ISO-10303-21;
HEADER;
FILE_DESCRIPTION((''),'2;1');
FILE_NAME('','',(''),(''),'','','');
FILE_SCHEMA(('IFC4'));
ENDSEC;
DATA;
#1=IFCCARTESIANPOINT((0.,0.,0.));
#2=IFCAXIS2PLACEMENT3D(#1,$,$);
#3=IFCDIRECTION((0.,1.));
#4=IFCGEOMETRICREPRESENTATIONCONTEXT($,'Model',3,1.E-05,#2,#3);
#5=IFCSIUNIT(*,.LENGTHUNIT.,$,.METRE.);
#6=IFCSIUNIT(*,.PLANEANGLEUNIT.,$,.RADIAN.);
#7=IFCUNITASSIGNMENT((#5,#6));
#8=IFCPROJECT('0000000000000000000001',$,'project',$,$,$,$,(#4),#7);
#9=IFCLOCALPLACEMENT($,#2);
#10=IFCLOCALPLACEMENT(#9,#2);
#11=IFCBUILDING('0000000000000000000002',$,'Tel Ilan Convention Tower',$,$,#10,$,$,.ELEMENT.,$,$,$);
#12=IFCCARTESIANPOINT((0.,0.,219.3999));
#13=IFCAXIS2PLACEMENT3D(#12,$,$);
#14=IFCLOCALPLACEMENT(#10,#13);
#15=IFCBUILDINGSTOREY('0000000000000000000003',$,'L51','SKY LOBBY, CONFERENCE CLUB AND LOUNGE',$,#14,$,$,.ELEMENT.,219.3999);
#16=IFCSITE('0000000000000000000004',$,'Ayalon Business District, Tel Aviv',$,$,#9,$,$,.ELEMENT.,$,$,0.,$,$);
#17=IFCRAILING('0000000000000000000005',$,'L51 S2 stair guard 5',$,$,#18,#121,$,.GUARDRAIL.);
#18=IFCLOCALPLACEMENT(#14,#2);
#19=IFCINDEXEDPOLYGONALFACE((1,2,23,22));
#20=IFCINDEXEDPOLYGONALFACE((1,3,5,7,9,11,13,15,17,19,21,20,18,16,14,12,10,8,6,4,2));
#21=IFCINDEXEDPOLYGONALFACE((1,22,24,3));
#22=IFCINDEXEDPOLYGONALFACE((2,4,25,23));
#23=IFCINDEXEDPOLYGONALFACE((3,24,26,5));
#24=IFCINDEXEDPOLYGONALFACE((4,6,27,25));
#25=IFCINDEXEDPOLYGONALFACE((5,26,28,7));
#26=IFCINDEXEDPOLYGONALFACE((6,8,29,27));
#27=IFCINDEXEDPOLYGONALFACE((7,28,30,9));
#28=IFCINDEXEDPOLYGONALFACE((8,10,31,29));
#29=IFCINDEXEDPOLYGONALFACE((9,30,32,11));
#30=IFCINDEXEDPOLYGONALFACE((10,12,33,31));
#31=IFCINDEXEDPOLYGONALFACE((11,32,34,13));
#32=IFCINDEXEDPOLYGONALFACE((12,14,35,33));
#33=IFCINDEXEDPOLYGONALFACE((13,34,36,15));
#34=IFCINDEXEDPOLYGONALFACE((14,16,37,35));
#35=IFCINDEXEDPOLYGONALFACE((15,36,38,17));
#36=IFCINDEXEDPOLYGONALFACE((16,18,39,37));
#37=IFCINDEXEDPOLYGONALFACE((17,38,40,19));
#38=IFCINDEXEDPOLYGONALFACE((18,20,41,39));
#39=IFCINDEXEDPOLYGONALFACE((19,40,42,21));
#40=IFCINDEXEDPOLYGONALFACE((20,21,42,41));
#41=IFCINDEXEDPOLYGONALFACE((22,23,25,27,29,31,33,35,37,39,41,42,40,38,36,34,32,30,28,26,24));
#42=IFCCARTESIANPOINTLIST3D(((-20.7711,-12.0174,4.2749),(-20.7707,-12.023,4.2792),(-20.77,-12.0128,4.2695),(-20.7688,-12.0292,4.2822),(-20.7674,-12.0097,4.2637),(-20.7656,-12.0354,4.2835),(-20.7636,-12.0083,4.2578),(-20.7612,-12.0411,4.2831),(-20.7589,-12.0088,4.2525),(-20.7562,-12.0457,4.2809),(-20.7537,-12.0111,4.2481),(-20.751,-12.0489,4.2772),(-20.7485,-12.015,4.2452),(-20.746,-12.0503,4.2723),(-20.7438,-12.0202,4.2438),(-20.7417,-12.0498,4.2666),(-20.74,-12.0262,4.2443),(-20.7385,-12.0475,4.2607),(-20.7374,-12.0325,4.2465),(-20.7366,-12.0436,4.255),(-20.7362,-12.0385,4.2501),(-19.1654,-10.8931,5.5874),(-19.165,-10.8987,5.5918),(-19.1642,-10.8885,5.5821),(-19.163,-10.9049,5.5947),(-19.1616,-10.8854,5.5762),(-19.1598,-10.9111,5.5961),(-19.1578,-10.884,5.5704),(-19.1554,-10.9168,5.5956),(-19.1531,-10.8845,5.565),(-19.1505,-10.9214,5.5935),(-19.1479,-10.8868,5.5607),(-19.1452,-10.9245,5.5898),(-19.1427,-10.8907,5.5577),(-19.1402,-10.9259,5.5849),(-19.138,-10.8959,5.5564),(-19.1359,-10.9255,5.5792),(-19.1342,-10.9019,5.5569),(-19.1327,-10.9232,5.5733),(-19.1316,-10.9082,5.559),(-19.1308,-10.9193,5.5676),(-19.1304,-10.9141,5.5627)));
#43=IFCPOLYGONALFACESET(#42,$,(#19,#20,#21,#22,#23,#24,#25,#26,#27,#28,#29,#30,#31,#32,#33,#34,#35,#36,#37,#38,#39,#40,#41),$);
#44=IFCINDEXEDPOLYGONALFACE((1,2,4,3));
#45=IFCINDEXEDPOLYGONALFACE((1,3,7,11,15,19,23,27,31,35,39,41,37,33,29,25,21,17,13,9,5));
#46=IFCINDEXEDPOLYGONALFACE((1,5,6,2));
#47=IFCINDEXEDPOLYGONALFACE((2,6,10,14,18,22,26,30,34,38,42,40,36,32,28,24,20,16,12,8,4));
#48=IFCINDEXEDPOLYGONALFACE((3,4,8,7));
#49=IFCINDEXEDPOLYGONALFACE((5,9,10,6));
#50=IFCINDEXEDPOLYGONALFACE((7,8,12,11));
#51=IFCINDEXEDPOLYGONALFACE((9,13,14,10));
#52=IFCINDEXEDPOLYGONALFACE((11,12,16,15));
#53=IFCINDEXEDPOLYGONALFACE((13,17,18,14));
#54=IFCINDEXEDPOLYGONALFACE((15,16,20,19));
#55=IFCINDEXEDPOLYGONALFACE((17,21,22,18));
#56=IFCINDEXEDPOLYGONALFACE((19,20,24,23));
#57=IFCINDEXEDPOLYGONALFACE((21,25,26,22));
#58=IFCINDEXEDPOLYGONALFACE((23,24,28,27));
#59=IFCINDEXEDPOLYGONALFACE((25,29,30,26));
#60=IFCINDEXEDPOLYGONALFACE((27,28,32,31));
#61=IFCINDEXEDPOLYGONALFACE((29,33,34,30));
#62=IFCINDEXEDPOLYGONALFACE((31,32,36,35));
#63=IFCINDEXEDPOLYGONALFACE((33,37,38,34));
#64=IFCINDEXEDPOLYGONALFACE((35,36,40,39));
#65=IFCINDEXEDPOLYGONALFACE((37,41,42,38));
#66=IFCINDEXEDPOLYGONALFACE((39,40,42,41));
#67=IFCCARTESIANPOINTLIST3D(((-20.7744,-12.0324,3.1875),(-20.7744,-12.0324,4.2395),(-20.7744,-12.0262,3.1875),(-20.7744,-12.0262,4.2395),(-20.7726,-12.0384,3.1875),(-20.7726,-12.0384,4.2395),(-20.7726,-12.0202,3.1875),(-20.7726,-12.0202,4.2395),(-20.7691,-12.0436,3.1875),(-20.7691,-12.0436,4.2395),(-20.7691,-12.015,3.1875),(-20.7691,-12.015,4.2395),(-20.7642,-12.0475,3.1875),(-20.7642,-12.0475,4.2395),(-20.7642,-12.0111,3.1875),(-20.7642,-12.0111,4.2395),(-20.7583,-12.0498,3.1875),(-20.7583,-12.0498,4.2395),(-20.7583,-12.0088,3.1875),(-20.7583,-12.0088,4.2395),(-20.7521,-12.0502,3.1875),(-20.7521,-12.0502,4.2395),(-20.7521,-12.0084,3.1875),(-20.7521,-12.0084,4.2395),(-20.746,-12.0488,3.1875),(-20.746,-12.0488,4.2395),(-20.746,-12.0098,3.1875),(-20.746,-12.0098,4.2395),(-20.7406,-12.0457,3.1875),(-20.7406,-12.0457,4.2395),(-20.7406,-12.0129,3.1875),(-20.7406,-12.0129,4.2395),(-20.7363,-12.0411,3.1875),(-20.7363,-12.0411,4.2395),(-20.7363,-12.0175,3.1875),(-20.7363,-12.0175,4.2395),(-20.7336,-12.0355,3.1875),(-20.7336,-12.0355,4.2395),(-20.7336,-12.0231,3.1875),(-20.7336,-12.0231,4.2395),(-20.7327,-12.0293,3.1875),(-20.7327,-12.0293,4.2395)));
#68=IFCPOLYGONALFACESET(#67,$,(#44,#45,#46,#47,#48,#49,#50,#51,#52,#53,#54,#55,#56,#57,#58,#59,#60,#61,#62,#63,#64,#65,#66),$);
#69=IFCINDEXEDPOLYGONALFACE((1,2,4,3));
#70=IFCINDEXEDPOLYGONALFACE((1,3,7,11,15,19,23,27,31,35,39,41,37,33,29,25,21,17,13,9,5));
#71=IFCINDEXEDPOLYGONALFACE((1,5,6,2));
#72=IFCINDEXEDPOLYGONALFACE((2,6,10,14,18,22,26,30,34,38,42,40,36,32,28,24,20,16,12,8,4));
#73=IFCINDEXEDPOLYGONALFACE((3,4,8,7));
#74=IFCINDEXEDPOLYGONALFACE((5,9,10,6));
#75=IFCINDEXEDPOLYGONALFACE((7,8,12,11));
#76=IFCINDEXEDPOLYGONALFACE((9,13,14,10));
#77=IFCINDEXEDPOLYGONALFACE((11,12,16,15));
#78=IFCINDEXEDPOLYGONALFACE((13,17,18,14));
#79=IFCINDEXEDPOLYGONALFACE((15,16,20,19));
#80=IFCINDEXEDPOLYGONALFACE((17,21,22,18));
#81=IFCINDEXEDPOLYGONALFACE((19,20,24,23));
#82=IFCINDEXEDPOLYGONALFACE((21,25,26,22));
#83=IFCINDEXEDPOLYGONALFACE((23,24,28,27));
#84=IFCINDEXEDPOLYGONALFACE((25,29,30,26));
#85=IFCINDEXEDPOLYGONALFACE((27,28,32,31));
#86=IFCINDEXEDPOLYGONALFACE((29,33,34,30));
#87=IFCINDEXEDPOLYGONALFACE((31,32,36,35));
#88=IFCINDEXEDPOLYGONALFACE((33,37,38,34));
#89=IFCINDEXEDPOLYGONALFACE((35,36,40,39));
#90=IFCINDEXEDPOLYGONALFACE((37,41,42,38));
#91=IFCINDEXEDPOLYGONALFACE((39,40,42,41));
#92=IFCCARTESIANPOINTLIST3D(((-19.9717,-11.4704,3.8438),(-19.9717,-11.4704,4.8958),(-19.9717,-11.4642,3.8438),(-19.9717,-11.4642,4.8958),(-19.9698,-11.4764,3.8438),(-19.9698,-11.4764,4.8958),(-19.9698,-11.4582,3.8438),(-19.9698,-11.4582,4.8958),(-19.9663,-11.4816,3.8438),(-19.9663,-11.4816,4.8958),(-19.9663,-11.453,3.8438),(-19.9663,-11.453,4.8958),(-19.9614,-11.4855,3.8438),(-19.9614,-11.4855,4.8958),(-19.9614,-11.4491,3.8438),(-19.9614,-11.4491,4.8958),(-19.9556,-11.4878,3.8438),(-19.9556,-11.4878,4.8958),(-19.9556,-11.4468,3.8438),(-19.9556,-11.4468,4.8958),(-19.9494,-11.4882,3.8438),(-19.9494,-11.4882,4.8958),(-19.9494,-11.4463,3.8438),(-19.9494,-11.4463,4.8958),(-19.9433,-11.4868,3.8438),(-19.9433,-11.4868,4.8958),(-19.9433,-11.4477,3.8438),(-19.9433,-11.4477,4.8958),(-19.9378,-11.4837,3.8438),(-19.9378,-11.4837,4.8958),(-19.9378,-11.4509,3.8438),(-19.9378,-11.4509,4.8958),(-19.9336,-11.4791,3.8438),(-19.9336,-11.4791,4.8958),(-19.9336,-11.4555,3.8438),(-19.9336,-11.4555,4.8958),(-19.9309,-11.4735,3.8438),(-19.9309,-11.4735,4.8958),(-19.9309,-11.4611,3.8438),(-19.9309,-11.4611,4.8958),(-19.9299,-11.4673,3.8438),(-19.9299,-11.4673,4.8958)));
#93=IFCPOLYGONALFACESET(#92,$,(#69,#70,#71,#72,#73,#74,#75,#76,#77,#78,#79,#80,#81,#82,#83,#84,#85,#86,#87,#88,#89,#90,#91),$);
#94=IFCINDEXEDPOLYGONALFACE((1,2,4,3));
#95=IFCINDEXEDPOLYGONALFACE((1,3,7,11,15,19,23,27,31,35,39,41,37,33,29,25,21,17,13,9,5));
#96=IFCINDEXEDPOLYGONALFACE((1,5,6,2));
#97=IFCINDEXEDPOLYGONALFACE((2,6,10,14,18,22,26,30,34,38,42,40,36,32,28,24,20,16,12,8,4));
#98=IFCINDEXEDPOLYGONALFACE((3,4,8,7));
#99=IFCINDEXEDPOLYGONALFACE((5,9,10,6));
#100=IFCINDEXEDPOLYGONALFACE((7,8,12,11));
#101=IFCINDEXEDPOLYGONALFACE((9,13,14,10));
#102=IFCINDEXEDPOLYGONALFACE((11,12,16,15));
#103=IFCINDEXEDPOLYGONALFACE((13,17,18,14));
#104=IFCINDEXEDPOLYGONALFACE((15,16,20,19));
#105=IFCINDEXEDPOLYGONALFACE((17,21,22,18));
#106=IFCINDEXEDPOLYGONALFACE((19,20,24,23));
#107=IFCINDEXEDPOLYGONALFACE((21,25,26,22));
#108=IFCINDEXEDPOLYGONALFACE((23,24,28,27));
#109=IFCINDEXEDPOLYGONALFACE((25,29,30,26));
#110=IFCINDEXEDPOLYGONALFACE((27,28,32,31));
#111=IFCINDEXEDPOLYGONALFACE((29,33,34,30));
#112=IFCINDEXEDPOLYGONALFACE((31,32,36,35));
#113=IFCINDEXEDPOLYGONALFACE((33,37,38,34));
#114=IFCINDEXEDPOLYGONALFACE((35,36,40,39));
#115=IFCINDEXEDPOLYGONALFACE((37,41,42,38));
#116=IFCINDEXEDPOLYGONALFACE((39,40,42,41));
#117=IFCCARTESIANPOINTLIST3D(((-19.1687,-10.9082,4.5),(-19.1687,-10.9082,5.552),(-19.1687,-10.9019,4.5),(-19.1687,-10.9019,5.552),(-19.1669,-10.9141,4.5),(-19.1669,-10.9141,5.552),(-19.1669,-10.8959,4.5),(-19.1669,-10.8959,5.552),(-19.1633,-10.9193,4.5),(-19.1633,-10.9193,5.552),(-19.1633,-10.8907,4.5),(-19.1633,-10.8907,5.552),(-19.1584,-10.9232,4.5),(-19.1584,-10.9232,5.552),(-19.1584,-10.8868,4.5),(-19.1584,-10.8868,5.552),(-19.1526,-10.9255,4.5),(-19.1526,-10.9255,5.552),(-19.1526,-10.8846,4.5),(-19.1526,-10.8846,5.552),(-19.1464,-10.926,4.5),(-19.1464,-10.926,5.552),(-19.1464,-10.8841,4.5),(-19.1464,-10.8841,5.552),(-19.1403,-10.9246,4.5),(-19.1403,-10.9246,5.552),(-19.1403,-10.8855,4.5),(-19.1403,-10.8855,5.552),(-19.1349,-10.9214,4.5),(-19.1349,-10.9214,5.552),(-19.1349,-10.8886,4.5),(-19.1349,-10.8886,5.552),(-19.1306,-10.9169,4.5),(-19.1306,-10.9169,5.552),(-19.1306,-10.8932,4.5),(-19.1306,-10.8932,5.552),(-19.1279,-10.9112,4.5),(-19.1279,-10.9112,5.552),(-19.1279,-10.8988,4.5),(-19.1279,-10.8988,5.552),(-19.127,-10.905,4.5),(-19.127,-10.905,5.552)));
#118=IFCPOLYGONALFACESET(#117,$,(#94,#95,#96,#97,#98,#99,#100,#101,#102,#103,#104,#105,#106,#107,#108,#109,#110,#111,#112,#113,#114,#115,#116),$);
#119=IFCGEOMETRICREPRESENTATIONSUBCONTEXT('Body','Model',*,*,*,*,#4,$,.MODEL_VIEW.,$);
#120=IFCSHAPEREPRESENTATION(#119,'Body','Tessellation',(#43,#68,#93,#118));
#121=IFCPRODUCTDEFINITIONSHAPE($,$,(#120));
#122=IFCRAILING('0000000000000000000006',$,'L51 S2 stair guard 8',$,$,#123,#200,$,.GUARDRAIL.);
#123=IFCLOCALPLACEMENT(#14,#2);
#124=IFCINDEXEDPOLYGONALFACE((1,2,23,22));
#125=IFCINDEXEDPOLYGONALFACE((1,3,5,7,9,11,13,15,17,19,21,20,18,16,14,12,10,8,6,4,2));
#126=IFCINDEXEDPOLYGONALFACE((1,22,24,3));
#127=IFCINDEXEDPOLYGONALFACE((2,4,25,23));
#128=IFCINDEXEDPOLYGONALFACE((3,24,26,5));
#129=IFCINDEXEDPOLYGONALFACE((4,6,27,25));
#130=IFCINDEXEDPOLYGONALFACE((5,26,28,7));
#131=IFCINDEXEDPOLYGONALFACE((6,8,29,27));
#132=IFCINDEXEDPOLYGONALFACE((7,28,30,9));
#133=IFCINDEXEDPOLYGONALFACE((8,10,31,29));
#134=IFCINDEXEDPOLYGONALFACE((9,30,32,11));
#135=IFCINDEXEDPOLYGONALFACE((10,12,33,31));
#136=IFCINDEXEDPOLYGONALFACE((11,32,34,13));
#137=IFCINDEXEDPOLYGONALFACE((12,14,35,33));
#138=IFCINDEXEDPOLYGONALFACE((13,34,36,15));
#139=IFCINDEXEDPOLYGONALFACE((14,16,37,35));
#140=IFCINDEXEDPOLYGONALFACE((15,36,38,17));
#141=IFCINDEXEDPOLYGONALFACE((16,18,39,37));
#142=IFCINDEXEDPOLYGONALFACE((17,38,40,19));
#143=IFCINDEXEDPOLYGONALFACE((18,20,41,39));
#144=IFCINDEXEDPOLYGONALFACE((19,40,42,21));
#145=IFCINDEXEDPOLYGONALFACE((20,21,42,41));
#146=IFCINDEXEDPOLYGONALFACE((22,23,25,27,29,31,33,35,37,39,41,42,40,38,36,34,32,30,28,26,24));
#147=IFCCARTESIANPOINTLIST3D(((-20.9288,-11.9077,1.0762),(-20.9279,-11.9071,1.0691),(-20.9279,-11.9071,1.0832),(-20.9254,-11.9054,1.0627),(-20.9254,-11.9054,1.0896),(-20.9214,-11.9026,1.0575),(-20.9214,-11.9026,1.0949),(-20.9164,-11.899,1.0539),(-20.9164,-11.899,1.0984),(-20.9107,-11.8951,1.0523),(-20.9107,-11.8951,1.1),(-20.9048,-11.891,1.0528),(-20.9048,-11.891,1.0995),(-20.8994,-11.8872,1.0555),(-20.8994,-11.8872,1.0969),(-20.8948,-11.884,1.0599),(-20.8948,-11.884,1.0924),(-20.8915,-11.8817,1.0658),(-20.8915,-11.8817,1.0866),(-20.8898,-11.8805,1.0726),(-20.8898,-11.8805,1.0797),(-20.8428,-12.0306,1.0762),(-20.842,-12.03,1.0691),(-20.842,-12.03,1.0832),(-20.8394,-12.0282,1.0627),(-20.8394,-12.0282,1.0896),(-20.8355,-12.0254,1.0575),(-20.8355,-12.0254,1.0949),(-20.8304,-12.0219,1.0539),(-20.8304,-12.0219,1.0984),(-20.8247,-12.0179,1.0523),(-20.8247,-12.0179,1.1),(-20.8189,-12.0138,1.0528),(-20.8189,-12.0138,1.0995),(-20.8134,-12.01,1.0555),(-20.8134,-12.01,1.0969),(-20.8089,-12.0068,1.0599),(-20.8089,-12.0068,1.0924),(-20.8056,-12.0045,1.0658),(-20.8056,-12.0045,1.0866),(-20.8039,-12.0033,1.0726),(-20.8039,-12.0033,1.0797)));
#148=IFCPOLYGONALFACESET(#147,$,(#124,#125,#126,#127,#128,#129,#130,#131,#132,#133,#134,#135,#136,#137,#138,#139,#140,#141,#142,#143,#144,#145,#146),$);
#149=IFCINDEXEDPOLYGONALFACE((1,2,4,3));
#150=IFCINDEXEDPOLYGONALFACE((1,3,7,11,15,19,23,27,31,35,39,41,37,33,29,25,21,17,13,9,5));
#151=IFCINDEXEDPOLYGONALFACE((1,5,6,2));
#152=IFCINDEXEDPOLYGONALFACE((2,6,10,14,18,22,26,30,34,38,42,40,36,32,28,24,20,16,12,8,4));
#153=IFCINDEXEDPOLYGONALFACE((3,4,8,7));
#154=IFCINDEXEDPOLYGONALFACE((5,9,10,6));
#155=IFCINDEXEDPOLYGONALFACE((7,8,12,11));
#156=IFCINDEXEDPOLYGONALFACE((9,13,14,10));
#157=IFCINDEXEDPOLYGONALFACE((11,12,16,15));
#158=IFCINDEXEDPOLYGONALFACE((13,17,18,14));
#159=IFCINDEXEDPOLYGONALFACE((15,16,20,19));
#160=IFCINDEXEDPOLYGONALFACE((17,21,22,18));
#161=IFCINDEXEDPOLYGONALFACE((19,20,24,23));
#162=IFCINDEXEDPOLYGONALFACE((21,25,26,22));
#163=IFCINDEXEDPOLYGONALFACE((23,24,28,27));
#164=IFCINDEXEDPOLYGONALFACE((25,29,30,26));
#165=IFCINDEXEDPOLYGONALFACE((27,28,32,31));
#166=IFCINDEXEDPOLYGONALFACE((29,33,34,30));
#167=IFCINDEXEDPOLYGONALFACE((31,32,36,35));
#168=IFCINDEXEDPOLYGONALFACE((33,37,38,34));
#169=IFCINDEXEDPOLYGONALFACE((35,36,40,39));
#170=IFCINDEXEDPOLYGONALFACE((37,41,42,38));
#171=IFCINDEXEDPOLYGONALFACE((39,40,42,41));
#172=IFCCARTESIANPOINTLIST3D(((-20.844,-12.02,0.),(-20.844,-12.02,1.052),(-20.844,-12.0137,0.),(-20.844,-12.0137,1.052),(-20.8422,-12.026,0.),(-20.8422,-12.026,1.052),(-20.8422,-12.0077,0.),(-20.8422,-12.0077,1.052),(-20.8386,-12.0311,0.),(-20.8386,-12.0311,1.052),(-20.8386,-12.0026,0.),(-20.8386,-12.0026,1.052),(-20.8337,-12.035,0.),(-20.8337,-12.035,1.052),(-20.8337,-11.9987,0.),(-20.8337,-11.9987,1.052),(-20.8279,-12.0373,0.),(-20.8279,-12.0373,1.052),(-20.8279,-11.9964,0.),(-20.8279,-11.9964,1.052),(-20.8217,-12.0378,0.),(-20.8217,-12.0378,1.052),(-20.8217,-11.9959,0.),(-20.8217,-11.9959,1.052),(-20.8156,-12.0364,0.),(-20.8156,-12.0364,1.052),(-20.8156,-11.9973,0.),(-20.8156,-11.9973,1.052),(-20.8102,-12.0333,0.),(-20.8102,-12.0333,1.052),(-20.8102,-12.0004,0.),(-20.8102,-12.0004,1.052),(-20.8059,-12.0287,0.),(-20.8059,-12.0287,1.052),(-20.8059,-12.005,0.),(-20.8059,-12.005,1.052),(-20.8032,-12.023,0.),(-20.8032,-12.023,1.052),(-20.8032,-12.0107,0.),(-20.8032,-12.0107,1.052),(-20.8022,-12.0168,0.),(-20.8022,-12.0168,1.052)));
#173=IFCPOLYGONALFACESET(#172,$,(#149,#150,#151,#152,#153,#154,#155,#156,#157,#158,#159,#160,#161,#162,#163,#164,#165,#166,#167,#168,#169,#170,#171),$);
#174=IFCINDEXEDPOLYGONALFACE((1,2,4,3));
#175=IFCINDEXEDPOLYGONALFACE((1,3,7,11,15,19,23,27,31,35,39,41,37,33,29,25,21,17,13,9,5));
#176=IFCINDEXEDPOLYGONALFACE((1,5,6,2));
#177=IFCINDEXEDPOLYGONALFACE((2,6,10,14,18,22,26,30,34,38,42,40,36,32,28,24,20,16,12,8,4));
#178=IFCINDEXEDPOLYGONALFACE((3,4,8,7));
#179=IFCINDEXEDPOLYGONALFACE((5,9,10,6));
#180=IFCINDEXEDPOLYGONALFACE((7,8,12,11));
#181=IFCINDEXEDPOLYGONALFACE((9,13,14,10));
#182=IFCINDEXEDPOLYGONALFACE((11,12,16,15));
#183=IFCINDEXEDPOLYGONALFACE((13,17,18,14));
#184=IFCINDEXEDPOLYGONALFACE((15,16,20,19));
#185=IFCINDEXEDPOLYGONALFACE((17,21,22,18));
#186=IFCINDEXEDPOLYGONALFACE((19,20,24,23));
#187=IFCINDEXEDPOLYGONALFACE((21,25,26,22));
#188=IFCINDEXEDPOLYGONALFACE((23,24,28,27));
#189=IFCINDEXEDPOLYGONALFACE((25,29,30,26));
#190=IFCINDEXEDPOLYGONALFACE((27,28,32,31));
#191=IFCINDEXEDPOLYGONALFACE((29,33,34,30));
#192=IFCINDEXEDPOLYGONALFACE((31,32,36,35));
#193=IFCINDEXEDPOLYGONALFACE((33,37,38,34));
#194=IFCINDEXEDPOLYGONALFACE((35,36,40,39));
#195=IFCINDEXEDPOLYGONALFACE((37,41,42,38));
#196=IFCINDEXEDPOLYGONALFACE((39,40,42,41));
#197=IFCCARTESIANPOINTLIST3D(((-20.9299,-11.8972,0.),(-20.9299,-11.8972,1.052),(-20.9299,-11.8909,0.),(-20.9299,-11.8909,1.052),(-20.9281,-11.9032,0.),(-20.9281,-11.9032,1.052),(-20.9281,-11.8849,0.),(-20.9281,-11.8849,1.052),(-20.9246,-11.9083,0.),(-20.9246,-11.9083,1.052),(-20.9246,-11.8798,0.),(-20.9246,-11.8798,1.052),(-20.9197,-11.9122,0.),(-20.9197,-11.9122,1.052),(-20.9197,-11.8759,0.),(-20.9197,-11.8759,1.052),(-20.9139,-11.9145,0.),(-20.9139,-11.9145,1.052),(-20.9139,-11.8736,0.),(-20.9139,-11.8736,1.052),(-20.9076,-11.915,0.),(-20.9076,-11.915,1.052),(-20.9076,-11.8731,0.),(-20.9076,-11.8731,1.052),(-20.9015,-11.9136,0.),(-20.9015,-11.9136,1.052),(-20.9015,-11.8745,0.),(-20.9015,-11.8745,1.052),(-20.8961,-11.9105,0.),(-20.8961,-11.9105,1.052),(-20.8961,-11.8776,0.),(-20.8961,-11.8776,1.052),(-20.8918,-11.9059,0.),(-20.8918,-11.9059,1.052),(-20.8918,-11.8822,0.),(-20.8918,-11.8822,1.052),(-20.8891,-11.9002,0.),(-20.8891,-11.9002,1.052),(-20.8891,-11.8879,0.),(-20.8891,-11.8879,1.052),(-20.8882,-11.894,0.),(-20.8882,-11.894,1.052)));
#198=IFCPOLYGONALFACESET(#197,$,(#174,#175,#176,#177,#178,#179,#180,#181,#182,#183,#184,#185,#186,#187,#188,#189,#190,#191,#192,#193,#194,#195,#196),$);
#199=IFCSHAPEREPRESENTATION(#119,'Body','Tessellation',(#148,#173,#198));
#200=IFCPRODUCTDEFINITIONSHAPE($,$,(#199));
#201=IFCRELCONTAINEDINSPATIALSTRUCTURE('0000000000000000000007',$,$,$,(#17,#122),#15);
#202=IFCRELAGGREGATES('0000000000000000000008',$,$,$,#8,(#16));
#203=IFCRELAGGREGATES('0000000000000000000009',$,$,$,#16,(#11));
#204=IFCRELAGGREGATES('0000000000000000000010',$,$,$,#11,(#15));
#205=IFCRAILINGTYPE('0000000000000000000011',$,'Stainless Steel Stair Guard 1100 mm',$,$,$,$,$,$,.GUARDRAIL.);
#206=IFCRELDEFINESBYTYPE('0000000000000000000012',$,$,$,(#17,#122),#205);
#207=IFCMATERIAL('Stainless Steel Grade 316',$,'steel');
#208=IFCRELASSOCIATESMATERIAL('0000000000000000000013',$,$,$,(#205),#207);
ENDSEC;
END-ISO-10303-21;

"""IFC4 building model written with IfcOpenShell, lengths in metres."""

from ifc_helpers import new_model, si_unit, direction, frame, origin, origin_2d, place, context, subcontext, project, spatial, circle, extrude, material, type_object, element, save


model = new_model("IFC4")

# Units and contexts
model_context = context("Model", 3, precision=1e-05, world=origin(), true_north=direction((0.0, 1.0)))
body_context = subcontext(model_context, "Body", "Model", "MODEL_VIEW")
ifc_project = project(units=[si_unit("LENGTHUNIT", "METRE"), si_unit("PLANEANGLEUNIT", "RADIAN")], contexts=[model_context])

# Site, building, storey
site_placement = place(None, origin())
site = spatial("IfcSite", under=ifc_project, at=site_placement, Name="Ayalon Business District, Tel Aviv", CompositionType="ELEMENT", RefElevation=0.0)
building_placement = place(site_placement, origin())
building = spatial("IfcBuilding", under=site, at=building_placement, Name="Tel Ilan Convention Tower", CompositionType="ELEMENT")
storey_placement = place(building_placement, frame((0.0, 0.0, 219.3999)))
storey = spatial("IfcBuildingStorey", under=building, at=storey_placement, Name="L51", Description="SKY LOBBY, CONFERENCE CLUB AND LOUNGE", CompositionType="ELEMENT", Elevation=219.3999)

# Railings
ifc_material_1 = material(Name="Stainless Steel Grade 316", Category="steel")
railing_type_1 = type_object("IfcRailingType", Name="Stainless Steel Stair Guard 1100 mm", PredefinedType="GUARDRAIL", material=ifc_material_1)
railing_1_placement = place(storey_placement, frame((-20.7537, -12.0293, 3.1875)))
element("IfcRailing", 1, at=railing_1_placement, inside=storey, type_object=railing_type_1, Name="L51 S2 stair guard 5", PredefinedType="GUARDRAIL", context=body_context, shape_type="SweptSolid", body=[
    extrude(circle(Radius=0.0239, at=origin_2d()), frame((0.0, 0.0, 1.0762), z_axis=(0.680671, 0.476584, 0.556376), x_axis=(-0.573554, 0.819168, 0.0)), (0.0, 0.0, 1.0), 2.3591),
    extrude(circle(Radius=0.021, at=origin_2d()), origin(), (0.0, 0.0, 1.0), 1.052),
    extrude(circle(Radius=0.021, at=origin_2d()), frame((0.8027, 0.562, 0.6562)), (0.0, 0.0, 1.0), 1.052),
    extrude(circle(Radius=0.021, at=origin_2d()), frame((1.6057, 1.1243, 1.3125)), (0.0, 0.0, 1.0), 1.052),
])
railing_2_placement = place(storey_placement, frame((-20.8232, -12.0168, 0.0)))
element("IfcRailing", 2, at=railing_2_placement, inside=storey, type_object=railing_type_1, Name="L51 S2 stair guard 8", PredefinedType="GUARDRAIL", context=body_context, shape_type="SweptSolid", body=[
    extrude(circle(Radius=0.0239, at=origin_2d()), frame((0.0, 0.0, 1.0762), z_axis=(-0.573353, 0.819308, 0.0), x_axis=(-0.819308, -0.573353, 0.0)), (0.0, 0.0, 1.0), 0.1499),
    extrude(circle(Radius=0.021, at=origin_2d()), origin(), (0.0, 0.0, 1.0), 1.052),
    extrude(circle(Radius=0.021, at=origin_2d()), frame((-0.0859, 0.1228, 0.0)), (0.0, 0.0, 1.0), 1.052),
])

save(model, "model.ifc")
